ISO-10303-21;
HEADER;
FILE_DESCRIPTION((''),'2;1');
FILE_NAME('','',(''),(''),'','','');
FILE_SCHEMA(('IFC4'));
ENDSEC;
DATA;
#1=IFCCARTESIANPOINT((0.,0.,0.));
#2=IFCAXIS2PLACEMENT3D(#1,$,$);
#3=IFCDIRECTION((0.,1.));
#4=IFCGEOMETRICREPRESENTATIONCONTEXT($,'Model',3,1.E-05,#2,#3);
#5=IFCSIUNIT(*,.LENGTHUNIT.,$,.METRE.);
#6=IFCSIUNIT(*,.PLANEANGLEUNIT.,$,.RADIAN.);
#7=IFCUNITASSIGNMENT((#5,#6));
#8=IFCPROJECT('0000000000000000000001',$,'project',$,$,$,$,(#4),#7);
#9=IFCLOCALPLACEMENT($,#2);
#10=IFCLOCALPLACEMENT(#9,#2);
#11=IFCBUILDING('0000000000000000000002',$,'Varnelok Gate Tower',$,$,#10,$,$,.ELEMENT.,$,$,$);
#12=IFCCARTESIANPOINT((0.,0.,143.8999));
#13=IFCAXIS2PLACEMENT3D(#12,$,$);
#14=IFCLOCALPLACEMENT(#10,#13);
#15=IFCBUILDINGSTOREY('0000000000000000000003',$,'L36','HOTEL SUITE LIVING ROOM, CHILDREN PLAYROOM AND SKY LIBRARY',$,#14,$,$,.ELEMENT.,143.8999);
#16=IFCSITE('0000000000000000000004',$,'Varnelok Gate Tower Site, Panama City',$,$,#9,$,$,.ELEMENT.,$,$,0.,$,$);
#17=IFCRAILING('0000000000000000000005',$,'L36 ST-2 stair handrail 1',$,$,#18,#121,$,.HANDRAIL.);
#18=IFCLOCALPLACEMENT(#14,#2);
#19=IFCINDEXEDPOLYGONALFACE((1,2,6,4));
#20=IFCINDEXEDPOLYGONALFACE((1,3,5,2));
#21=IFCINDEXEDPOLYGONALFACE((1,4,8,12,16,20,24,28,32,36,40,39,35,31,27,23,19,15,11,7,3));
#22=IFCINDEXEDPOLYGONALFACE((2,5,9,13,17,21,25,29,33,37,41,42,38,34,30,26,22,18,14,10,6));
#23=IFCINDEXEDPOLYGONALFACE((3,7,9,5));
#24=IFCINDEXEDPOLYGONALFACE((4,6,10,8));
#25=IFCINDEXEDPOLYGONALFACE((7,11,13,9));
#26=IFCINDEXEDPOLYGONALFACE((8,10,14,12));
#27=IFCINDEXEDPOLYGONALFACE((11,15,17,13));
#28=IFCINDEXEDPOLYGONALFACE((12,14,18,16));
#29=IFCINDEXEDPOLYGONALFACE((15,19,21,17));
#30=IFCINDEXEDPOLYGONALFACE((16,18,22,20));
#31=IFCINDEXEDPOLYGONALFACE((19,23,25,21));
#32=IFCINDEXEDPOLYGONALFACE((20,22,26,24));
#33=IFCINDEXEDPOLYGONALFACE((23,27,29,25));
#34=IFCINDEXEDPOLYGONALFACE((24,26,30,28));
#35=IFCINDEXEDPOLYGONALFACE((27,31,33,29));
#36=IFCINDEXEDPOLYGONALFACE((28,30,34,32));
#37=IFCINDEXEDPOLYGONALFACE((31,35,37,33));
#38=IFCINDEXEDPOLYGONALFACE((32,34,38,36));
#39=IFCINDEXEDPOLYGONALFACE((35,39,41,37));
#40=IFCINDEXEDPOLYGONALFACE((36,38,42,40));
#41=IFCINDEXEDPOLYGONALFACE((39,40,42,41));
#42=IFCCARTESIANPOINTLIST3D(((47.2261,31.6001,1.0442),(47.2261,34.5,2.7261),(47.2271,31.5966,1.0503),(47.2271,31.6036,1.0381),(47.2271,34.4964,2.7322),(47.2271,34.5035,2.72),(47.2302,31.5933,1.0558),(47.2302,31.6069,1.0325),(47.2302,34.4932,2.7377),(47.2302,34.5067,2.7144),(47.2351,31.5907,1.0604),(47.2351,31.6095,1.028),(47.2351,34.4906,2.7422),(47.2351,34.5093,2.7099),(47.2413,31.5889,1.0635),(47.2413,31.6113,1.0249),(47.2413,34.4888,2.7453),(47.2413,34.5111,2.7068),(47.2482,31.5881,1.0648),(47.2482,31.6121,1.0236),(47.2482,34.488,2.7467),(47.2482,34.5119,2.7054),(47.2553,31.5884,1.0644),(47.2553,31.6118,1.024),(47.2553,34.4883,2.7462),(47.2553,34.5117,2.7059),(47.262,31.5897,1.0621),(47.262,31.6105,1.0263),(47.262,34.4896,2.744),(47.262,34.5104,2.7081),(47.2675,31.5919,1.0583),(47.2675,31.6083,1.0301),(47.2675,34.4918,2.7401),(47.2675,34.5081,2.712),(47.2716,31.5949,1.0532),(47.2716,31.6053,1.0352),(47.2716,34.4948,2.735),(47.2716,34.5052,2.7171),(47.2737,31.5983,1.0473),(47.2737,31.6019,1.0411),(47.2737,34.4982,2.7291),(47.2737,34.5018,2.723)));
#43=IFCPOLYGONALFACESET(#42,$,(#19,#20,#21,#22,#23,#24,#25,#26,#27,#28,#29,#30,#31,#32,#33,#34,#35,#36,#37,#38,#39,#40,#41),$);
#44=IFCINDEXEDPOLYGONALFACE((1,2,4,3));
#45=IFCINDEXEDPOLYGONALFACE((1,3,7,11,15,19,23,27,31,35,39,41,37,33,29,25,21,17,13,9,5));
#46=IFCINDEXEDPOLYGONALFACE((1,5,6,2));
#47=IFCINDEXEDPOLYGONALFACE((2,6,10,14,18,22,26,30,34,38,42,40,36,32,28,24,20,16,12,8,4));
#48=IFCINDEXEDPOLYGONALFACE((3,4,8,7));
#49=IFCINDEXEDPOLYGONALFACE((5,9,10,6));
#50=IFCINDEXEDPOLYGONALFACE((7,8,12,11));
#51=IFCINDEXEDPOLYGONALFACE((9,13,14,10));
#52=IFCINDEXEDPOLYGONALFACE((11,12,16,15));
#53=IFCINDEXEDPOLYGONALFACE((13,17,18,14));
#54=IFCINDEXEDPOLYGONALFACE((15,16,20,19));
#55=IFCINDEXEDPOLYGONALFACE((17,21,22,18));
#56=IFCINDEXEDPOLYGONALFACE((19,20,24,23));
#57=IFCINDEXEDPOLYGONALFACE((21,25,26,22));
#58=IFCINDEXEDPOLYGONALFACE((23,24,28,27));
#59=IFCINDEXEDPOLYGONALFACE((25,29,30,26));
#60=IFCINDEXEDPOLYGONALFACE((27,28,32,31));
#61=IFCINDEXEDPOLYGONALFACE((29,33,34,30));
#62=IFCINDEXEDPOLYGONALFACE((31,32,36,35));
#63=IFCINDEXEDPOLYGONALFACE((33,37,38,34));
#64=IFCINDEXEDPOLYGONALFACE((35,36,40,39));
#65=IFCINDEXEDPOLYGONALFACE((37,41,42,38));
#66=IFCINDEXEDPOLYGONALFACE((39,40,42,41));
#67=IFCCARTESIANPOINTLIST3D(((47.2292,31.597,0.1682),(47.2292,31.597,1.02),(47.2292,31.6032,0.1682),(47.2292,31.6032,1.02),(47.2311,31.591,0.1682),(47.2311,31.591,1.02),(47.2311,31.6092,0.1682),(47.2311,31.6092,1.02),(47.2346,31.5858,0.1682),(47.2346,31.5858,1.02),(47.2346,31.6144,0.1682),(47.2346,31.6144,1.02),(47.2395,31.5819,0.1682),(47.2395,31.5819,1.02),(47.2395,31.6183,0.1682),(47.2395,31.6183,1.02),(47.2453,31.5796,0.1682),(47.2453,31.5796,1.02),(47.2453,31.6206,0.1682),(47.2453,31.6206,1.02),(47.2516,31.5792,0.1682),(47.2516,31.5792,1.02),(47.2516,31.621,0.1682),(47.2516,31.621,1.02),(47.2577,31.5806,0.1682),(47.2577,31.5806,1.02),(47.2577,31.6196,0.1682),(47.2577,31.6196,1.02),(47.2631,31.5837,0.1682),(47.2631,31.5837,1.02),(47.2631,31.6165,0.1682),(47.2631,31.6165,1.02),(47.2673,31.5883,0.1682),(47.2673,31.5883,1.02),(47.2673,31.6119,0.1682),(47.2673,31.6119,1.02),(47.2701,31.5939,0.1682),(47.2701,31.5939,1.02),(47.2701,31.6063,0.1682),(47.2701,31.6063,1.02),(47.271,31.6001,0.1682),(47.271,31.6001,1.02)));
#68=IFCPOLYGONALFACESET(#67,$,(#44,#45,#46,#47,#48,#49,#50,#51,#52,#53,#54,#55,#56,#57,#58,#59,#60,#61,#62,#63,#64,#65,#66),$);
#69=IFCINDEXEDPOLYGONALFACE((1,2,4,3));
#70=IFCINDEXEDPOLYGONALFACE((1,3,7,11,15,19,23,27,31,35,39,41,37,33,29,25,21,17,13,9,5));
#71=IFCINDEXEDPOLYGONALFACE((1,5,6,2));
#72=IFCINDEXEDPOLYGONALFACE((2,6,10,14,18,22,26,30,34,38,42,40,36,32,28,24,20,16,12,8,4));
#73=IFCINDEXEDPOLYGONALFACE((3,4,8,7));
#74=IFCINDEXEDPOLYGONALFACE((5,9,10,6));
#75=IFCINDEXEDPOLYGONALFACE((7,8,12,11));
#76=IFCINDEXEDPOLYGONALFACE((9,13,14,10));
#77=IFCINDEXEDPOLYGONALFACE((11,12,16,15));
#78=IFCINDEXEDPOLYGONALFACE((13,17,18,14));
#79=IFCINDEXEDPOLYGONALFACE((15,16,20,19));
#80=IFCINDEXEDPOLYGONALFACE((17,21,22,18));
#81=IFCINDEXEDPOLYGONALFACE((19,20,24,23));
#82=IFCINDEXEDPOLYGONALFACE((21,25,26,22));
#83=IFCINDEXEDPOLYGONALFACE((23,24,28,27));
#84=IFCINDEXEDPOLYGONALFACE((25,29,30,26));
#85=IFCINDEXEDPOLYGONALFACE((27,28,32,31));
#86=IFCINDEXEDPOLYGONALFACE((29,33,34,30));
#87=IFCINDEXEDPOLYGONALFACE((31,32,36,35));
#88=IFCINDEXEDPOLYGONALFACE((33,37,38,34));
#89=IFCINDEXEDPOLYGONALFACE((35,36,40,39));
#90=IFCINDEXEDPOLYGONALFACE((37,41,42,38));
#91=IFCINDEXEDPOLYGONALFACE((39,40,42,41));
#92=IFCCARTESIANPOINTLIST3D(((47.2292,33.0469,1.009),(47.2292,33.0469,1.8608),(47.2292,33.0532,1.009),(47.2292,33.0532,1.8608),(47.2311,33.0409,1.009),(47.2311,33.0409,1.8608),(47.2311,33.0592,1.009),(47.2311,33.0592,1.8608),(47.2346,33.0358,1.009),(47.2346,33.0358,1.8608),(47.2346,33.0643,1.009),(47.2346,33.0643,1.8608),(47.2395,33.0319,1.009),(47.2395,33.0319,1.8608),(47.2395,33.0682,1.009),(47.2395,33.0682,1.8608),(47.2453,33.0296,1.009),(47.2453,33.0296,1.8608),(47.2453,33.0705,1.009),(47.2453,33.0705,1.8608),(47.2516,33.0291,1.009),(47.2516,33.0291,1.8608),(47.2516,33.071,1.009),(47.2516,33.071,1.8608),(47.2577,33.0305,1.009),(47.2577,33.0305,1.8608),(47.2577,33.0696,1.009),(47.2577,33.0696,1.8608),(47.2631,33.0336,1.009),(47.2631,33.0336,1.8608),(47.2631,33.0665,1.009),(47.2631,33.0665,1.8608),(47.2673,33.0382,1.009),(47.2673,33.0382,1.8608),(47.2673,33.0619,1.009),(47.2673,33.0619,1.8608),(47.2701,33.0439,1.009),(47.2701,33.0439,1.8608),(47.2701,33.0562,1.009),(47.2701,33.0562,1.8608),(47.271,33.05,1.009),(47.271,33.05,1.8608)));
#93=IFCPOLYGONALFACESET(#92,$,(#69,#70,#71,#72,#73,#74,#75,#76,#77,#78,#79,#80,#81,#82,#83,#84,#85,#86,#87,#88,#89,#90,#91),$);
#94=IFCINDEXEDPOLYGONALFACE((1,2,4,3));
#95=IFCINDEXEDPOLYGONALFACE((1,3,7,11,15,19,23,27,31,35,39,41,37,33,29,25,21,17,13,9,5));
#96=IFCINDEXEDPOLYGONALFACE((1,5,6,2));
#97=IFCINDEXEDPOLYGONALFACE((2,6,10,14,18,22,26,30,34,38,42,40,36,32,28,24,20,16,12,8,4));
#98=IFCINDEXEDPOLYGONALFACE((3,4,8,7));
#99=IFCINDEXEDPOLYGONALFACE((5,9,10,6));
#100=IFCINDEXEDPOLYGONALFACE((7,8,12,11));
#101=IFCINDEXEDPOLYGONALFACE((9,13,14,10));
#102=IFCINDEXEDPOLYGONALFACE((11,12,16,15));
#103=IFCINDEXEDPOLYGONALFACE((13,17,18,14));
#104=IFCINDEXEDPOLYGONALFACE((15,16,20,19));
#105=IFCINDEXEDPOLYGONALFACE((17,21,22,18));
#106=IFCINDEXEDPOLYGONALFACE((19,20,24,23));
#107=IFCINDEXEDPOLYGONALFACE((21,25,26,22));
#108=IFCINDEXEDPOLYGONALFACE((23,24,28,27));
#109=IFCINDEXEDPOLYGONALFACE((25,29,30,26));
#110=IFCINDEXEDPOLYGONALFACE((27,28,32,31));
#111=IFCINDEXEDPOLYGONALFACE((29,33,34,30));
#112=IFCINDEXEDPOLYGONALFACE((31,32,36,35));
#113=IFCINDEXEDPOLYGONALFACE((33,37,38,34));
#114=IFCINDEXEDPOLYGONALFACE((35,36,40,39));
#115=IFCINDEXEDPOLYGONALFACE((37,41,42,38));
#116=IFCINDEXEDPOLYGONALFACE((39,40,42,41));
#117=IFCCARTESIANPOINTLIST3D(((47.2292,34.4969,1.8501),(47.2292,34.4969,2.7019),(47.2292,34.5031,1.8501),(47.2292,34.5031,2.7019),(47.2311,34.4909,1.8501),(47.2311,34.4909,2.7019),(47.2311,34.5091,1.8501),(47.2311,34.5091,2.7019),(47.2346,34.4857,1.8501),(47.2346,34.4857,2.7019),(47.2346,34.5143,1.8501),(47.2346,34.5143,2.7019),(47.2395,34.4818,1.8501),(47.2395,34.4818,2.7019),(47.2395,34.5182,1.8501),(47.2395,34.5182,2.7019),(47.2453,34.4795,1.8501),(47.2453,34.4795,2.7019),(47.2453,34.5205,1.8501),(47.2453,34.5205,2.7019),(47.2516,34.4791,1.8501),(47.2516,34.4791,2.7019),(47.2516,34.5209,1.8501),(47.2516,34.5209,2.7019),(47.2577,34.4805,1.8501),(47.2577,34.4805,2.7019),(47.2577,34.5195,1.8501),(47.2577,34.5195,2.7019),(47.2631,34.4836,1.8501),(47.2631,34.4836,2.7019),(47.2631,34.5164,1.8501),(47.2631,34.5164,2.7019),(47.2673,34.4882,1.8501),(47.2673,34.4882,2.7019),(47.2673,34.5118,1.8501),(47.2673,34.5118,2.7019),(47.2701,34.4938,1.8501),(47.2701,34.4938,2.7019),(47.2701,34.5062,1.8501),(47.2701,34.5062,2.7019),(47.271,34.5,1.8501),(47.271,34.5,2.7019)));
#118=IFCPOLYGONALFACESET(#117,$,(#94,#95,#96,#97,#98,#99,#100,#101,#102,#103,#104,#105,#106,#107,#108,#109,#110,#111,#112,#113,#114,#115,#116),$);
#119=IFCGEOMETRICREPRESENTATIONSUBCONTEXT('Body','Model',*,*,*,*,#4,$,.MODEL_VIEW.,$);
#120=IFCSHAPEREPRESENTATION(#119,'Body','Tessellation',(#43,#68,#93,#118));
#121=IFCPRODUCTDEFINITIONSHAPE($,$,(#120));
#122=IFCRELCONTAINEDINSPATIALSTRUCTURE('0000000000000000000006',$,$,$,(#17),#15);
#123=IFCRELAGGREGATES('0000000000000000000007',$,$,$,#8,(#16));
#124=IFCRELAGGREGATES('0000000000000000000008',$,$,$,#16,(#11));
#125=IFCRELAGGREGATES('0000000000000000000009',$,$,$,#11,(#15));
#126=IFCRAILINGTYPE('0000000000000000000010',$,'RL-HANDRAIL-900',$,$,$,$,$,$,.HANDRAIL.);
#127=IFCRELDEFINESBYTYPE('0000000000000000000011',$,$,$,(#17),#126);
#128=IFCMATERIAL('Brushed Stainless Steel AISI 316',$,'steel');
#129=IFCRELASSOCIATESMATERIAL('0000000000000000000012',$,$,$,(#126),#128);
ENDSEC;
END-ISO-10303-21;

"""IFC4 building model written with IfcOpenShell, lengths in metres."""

from ifc_helpers import new_model, si_unit, direction, frame, origin, origin_2d, place, context, subcontext, project, spatial, circle, extrude, material, type_object, element, save


model = new_model("IFC4")

# Units and contexts
model_context = context("Model", 3, precision=1e-05, world=origin(), true_north=direction((0.0, 1.0)))
body_context = subcontext(model_context, "Body", "Model", "MODEL_VIEW")
ifc_project = project(units=[si_unit("LENGTHUNIT", "METRE"), si_unit("PLANEANGLEUNIT", "RADIAN")], contexts=[model_context])

# Site, building, storey
site_placement = place(None, origin())
site = spatial("IfcSite", under=ifc_project, at=site_placement, Name="Varnelok Gate Tower Site, Panama City", CompositionType="ELEMENT", RefElevation=0.0)
building_placement = place(site_placement, origin())
building = spatial("IfcBuilding", under=site, at=building_placement, Name="Varnelok Gate Tower", CompositionType="ELEMENT")
storey_placement = place(building_placement, frame((0.0, 0.0, 143.8999)))
storey = spatial("IfcBuildingStorey", under=building, at=storey_placement, Name="L36", Description="HOTEL SUITE LIVING ROOM, CHILDREN PLAYROOM AND SKY LIBRARY", CompositionType="ELEMENT", Elevation=143.8999)

# Railing
ifc_material_1 = material(Name="Brushed Stainless Steel AISI 316", Category="steel")
railing_type_1 = type_object("IfcRailingType", Name="RL-HANDRAIL-900", PredefinedType="HANDRAIL", material=ifc_material_1)
railing_1_placement = place(storey_placement, frame((47.25, 31.6001, 0.1682)))
element("IfcRailing", 1, at=railing_1_placement, inside=storey, type_object=railing_type_1, Name="L36 ST-2 stair handrail 1", PredefinedType="HANDRAIL", context=body_context, shape_type="SweptSolid", body=[
    extrude(circle(Radius=0.0239, at=origin_2d()), frame((0.0, 0.0, 0.876), z_axis=(0.0, 0.865039, 0.501705), x_axis=(-1.0, 0.0, 0.0)), (0.0, 0.0, 1.0), 3.3523),
    extrude(circle(Radius=0.021, at=origin_2d()), origin(), (0.0, 0.0, 1.0), 0.8518),
    extrude(circle(Radius=0.021, at=origin_2d()), frame((0.0, 1.45, 0.8408)), (0.0, 0.0, 1.0), 0.8518),
    extrude(circle(Radius=0.021, at=origin_2d()), frame((0.0, 2.8999, 1.6819)), (0.0, 0.0, 1.0), 0.8518),
])

save(model, "model.ifc")
